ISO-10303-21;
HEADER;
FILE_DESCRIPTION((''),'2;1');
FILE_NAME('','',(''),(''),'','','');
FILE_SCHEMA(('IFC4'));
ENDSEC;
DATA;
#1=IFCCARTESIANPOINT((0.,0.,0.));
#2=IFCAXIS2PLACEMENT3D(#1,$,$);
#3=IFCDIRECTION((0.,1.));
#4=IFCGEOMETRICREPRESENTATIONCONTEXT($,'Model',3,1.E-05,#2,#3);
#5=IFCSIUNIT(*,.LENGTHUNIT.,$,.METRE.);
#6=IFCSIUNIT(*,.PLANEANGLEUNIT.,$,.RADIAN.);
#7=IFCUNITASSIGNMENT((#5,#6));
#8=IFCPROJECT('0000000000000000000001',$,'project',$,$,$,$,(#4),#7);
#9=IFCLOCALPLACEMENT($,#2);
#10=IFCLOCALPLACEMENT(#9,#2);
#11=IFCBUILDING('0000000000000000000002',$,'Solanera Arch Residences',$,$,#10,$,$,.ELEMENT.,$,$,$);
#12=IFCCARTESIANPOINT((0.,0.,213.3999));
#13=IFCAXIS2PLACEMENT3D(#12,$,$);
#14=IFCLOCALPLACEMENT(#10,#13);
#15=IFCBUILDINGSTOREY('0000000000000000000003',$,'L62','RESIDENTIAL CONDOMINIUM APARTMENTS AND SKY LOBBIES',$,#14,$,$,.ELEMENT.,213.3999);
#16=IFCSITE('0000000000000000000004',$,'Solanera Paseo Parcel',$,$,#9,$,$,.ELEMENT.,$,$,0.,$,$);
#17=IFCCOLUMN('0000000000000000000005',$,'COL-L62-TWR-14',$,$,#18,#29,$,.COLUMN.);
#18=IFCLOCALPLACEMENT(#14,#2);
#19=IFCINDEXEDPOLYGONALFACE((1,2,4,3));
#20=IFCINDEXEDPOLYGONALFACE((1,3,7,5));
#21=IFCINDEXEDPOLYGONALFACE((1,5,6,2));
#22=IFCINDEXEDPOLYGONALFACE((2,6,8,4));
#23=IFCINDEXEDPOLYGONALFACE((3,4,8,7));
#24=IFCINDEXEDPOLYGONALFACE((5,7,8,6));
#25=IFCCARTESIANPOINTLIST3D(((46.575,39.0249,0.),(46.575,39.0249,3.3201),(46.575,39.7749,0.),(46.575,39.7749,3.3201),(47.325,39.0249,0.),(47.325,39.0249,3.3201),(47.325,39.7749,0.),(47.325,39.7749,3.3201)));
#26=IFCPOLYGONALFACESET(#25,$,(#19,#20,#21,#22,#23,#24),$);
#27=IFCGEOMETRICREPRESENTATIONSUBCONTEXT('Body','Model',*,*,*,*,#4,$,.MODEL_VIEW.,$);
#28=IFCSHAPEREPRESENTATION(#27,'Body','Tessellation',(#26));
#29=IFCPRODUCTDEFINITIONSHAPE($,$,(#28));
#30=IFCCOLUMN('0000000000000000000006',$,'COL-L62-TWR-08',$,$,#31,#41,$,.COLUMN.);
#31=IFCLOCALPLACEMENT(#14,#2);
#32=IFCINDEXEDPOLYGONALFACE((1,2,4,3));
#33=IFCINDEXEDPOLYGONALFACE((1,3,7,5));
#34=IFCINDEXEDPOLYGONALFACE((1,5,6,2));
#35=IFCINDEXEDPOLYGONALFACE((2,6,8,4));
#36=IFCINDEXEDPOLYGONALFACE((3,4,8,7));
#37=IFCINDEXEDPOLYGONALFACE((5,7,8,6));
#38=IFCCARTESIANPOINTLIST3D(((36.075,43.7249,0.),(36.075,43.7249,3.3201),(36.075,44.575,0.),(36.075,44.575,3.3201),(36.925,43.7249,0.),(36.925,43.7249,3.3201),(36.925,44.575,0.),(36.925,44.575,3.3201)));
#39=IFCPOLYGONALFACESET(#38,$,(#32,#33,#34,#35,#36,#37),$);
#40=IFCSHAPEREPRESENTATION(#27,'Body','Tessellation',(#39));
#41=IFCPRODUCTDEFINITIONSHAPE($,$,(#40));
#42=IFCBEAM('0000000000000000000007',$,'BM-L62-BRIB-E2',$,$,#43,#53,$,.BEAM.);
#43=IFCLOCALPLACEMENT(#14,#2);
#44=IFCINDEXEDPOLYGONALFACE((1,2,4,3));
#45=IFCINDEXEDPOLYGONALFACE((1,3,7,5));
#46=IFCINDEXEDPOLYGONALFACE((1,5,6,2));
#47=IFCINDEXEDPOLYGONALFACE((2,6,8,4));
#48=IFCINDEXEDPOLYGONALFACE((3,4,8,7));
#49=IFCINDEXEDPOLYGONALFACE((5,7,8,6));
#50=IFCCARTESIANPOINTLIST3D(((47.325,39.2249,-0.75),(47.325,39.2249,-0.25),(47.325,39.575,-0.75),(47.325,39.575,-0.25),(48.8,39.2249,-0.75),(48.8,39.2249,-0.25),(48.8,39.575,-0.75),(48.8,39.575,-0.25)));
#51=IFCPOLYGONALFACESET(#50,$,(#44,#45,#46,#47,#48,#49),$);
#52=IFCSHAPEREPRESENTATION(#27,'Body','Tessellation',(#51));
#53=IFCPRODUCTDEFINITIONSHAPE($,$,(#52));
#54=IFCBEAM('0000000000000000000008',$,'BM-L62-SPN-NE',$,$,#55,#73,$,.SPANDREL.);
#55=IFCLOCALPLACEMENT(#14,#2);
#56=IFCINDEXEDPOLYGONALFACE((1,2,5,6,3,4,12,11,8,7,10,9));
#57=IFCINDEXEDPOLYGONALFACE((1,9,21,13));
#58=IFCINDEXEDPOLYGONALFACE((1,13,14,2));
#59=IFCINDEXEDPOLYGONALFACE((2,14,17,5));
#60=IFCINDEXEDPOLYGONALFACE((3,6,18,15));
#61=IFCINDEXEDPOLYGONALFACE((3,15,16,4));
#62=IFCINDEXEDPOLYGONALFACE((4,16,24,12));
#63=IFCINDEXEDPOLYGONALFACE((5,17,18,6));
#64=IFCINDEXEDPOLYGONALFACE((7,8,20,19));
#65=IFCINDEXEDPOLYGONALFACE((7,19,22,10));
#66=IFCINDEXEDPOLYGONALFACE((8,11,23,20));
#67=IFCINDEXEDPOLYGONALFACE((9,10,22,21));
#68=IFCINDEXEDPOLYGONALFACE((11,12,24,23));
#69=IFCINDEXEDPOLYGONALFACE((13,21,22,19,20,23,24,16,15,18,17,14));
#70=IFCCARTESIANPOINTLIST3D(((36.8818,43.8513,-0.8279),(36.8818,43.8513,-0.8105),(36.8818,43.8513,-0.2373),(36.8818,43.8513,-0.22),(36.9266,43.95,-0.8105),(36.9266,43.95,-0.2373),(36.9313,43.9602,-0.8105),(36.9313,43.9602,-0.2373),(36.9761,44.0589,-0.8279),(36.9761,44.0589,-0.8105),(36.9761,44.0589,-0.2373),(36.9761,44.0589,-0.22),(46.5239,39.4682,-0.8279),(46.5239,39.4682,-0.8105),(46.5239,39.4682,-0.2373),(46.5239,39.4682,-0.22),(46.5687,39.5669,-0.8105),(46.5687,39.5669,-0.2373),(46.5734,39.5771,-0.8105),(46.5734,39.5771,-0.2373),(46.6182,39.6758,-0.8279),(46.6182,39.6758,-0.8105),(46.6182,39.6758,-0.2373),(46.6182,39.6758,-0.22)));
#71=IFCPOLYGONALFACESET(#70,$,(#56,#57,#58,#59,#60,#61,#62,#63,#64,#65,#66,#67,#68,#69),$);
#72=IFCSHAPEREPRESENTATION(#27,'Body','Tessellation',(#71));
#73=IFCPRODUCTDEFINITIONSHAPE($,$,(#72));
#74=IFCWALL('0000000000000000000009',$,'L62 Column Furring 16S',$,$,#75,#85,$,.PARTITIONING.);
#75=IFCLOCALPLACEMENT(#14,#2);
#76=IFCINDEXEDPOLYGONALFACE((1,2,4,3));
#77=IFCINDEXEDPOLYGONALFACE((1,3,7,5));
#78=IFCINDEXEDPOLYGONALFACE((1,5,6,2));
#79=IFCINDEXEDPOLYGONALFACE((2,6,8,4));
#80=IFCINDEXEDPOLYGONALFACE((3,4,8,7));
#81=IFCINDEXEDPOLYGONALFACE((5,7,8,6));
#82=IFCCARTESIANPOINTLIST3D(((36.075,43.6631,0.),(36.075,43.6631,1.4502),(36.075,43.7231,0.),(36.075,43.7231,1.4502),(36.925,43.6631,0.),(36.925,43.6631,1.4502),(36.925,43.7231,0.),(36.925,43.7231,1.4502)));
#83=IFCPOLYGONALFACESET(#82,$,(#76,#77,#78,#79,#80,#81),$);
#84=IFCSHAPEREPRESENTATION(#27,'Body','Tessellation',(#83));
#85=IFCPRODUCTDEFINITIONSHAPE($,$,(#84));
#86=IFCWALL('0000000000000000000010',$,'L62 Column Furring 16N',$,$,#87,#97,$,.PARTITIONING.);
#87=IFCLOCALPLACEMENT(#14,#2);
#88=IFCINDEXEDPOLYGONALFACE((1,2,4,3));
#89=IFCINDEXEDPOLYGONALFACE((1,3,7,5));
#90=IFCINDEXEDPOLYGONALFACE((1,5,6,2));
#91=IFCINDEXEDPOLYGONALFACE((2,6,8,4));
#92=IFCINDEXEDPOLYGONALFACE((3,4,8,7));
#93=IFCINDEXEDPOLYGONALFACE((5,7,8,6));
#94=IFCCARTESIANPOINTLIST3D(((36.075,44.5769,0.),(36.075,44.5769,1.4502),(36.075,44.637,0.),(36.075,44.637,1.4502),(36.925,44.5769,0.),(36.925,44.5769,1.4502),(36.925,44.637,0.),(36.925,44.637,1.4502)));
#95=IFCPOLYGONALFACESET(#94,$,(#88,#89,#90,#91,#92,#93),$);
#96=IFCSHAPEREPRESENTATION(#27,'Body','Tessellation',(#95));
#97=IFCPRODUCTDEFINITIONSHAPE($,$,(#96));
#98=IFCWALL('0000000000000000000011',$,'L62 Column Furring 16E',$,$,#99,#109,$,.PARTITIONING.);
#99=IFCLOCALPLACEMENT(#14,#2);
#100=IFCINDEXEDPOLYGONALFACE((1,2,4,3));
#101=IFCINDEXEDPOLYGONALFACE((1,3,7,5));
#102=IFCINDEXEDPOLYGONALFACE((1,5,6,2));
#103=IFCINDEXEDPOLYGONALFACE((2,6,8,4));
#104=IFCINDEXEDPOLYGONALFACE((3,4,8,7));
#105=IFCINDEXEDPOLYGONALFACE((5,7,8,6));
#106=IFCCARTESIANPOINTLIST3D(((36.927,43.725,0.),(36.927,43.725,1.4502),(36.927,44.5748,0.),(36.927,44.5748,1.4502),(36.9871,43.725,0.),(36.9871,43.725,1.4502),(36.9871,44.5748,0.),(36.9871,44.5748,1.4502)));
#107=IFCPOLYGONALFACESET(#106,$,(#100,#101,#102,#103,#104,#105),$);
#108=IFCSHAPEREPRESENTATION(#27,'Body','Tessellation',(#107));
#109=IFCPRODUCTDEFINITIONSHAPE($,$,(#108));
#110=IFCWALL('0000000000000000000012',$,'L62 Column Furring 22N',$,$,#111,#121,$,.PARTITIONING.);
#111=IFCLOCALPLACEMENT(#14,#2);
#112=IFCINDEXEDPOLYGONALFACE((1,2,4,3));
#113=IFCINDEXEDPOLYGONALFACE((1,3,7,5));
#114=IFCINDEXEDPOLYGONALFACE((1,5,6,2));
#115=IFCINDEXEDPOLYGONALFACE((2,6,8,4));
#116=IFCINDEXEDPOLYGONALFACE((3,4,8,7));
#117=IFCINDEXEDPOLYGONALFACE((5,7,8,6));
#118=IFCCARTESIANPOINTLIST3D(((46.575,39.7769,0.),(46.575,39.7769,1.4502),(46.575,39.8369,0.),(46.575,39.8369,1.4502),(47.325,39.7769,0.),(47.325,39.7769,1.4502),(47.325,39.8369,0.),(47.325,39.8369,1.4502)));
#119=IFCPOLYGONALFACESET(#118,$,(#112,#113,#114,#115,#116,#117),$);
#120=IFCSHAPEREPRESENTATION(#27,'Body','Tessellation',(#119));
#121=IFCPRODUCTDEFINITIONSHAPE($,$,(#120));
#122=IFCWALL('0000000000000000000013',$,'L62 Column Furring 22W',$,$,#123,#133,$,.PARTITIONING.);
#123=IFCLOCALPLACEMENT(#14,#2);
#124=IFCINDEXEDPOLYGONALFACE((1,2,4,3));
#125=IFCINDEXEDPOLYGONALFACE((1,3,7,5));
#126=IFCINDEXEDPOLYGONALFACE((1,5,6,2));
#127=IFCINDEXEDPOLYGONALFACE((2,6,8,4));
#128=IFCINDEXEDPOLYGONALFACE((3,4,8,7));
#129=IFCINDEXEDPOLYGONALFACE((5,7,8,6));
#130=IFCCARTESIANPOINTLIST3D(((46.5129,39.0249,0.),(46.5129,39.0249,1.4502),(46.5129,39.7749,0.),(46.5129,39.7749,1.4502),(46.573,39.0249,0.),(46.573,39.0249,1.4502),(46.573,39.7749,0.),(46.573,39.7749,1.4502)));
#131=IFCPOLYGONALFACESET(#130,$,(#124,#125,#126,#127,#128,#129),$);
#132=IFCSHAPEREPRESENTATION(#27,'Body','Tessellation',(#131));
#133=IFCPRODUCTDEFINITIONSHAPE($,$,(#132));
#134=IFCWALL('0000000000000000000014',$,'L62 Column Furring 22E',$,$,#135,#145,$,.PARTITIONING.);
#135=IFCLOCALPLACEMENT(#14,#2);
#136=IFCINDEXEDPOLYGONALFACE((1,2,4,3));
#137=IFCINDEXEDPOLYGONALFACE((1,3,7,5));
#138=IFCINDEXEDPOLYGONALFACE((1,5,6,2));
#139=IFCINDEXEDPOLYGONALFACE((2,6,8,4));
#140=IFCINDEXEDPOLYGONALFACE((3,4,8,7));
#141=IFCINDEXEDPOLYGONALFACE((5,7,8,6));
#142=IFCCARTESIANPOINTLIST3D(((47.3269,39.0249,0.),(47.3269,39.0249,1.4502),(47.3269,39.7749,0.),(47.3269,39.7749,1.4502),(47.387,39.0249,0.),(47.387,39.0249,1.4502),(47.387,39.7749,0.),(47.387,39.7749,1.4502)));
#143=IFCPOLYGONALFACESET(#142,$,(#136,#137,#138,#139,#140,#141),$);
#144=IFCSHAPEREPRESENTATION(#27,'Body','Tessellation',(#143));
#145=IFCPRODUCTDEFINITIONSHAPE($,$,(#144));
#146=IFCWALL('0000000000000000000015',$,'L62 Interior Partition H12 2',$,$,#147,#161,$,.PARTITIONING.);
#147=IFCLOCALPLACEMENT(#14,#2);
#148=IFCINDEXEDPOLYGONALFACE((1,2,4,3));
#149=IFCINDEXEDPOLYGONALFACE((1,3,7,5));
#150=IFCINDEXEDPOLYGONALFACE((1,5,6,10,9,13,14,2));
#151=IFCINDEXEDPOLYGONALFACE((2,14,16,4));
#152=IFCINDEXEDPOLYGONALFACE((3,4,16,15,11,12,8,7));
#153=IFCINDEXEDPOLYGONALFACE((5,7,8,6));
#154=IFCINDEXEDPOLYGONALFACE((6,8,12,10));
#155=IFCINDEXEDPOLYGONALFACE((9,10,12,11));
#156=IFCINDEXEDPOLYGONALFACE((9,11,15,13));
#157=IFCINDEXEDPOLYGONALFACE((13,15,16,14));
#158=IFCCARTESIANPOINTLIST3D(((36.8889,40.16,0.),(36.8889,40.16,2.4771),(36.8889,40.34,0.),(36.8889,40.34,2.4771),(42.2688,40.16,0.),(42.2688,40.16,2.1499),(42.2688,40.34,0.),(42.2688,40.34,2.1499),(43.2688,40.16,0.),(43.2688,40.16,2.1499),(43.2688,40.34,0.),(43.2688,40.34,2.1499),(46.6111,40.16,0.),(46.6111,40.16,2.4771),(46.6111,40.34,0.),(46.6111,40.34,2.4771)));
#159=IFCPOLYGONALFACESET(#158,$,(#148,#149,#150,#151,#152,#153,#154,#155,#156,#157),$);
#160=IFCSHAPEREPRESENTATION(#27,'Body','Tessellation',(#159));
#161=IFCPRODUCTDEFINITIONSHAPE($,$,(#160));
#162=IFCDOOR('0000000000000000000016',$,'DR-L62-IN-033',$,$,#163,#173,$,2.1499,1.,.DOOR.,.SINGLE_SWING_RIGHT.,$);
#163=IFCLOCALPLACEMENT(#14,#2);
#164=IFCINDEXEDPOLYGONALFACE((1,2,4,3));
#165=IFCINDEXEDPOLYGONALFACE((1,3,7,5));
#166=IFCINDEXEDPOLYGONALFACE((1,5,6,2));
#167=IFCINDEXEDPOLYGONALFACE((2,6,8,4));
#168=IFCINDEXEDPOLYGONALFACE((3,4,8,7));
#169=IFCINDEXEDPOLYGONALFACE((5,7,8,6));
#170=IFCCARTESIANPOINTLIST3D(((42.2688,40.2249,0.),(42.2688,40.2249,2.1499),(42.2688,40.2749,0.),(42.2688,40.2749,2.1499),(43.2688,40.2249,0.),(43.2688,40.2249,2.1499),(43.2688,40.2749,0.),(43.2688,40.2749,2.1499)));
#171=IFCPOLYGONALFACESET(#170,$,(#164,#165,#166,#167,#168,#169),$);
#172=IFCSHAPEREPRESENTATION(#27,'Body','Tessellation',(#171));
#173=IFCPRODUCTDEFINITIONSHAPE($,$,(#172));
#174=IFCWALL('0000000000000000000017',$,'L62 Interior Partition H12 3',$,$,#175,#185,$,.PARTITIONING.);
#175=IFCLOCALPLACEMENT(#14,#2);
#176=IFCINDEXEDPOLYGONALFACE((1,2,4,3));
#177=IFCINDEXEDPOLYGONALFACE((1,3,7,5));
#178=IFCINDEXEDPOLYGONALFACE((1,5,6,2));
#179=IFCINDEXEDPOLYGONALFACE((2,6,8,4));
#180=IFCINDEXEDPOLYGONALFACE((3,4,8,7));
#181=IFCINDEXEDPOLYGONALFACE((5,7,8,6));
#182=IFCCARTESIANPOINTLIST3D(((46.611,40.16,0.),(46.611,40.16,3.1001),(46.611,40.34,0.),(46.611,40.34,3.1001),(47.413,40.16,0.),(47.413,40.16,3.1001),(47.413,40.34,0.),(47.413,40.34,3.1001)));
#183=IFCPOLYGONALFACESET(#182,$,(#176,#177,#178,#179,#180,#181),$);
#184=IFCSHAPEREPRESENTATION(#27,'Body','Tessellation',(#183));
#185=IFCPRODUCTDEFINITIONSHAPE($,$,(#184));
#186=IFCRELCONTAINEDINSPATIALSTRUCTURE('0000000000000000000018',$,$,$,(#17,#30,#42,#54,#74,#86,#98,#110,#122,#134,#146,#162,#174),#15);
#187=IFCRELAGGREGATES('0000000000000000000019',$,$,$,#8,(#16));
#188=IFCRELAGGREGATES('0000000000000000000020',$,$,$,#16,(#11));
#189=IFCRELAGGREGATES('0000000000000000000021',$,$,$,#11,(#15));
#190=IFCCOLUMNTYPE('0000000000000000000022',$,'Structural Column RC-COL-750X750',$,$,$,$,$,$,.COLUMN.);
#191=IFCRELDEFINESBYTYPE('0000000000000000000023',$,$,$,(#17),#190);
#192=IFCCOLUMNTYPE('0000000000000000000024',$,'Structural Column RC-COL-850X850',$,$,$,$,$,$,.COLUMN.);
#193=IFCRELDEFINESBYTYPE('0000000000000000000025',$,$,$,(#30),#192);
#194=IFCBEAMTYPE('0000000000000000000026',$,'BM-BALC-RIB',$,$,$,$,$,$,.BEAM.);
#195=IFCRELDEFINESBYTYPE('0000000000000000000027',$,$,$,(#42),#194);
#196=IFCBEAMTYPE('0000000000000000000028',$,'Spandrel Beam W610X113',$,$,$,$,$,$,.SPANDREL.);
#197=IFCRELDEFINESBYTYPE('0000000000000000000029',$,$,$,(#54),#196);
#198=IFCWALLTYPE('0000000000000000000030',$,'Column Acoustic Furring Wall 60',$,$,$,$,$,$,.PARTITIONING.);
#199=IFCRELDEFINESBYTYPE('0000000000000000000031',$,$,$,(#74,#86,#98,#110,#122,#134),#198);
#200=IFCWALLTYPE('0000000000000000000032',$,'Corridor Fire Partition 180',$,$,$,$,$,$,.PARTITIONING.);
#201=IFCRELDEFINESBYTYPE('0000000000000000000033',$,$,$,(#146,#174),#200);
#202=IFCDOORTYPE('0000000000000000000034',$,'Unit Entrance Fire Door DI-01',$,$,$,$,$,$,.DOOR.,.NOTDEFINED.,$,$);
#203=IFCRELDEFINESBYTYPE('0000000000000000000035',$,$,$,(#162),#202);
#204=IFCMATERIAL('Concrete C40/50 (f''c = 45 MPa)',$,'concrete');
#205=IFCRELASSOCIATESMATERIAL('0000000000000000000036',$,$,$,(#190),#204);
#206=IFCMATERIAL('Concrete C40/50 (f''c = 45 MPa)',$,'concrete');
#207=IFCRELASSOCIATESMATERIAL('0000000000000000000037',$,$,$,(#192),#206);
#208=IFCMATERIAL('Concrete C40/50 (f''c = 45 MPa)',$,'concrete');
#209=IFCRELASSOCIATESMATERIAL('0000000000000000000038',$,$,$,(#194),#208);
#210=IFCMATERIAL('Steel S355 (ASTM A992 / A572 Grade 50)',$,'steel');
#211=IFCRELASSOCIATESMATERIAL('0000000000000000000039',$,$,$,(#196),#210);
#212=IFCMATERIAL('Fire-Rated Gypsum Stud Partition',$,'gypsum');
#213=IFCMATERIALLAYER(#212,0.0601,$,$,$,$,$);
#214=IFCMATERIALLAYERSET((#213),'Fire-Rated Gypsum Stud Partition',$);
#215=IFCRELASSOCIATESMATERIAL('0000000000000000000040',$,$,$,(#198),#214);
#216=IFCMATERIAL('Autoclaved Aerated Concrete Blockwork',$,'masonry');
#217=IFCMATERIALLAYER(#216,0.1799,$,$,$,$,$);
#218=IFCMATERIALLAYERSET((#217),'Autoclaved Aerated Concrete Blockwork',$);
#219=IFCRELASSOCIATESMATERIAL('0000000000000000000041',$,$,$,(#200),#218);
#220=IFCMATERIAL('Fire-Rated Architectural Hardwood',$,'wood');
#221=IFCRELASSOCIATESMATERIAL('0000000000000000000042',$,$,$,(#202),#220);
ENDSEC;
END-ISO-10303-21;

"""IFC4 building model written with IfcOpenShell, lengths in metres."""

from ifc_helpers import new_model, si_unit, direction, frame, frame_2d, origin, origin_2d, place, context, subcontext, project, spatial, rectangle, i_section, extrude, material, layer, layer_set, material_profile, profile_set, type_object, element, fill, save


model = new_model("IFC4")

# Units and contexts
model_context = context("Model", 3, precision=1e-05, world=origin(), true_north=direction((0.0, 1.0)))
body_context = subcontext(model_context, "Body", "Model", "MODEL_VIEW")
ifc_project = project(units=[si_unit("LENGTHUNIT", "METRE"), si_unit("PLANEANGLEUNIT", "RADIAN")], contexts=[model_context])

# Site, building, storey
site_placement = place(None, origin())
site = spatial("IfcSite", under=ifc_project, at=site_placement, Name="Solanera Paseo Parcel", CompositionType="ELEMENT", RefElevation=0.0)
building_placement = place(site_placement, origin())
building = spatial("IfcBuilding", under=site, at=building_placement, Name="Solanera Arch Residences", CompositionType="ELEMENT")
storey_placement = place(building_placement, frame((0.0, 0.0, 213.3999)))
storey = spatial("IfcBuildingStorey", under=building, at=storey_placement, Name="L62", Description="RESIDENTIAL CONDOMINIUM APARTMENTS AND SKY LOBBIES", CompositionType="ELEMENT", Elevation=213.3999)

# Columns
ifc_material_1 = material(Name="Concrete C40/50 (f'c = 45 MPa)", Category="concrete")
ifc_material_profile_1 = material_profile(ifc_material_1, rectangle(XDim=0.75, YDim=0.75, at=origin_2d()))
ifc_profile_set_1 = profile_set([ifc_material_profile_1], Name="Concrete C40/50 (f'c = 45 MPa)")
column_type_1 = type_object("IfcColumnType", Name="Structural Column RC-COL-750X750", PredefinedType="COLUMN", material=ifc_profile_set_1)
column_1_placement = place(storey_placement, frame((46.95, 39.3999, 0.0), z_axis=(0.0, 0.0, 1.0), x_axis=(1.0, 0.0, 0.0)))
element("IfcColumn", 1, at=column_1_placement, inside=storey, type_object=column_type_1, Name="COL-L62-TWR-14", PredefinedType="COLUMN", context=body_context, shape_type="SweptSolid", body=[
    extrude(rectangle(XDim=0.75, YDim=0.75, at=origin_2d()), origin(), (0.0, 0.0, 1.0), 3.3201),
])
ifc_material_2 = material(Name="Concrete C40/50 (f'c = 45 MPa)", Category="concrete")
ifc_material_profile_2 = material_profile(ifc_material_2, rectangle(XDim=0.8501, YDim=0.8501, at=origin_2d()))
ifc_profile_set_2 = profile_set([ifc_material_profile_2], Name="Concrete C40/50 (f'c = 45 MPa)")
column_type_2 = type_object("IfcColumnType", Name="Structural Column RC-COL-850X850", PredefinedType="COLUMN", material=ifc_profile_set_2)
column_2_placement = place(storey_placement, frame((36.5, 44.1499, 0.0), z_axis=(0.0, 0.0, 1.0), x_axis=(1.0, 0.0, 0.0)))
element("IfcColumn", 2, at=column_2_placement, inside=storey, type_object=column_type_2, Name="COL-L62-TWR-08", PredefinedType="COLUMN", context=body_context, shape_type="SweptSolid", body=[
    extrude(rectangle(XDim=0.8501, YDim=0.8501, at=origin_2d()), origin(), (0.0, 0.0, 1.0), 3.3201),
])

# Beams
ifc_material_3 = material(Name="Concrete C40/50 (f'c = 45 MPa)", Category="concrete")
ifc_material_profile_3 = material_profile(ifc_material_3, rectangle(XDim=0.3501, YDim=0.5, at=origin_2d()))
ifc_profile_set_3 = profile_set([ifc_material_profile_3], Name="Concrete C40/50 (f'c = 45 MPa)")
beam_type_1 = type_object("IfcBeamType", Name="BM-BALC-RIB", PredefinedType="BEAM", material=ifc_profile_set_3)
beam_1_placement = place(storey_placement, frame((47.325, 39.3999, -0.5), z_axis=(1.0, 0.0, 0.0), x_axis=(0.0, 1.0, 0.0)))
element("IfcBeam", 3, at=beam_1_placement, inside=storey, type_object=beam_type_1, Name="BM-L62-BRIB-E2", PredefinedType="BEAM", context=body_context, shape_type="SweptSolid", body=[
    extrude(rectangle(XDim=0.3501, YDim=0.5, at=origin_2d()), origin(), (0.0, 0.0, 1.0), 1.4751),
])
ifc_material_4 = material(Name="Steel S355 (ASTM A992 / A572 Grade 50)", Category="steel")
ifc_material_profile_4 = material_profile(ifc_material_4, i_section(OverallWidth=0.228, OverallDepth=0.6079, WebThickness=0.0112, FlangeThickness=0.0173, at=origin_2d()))
ifc_profile_set_4 = profile_set([ifc_material_profile_4], Name="Steel S355 (ASTM A992 / A572 Grade 50)")
beam_type_2 = type_object("IfcBeamType", Name="Spandrel Beam W610X113", PredefinedType="SPANDREL", material=ifc_profile_set_4)
beam_2_placement = place(storey_placement, frame((36.929, 43.9551, -0.5239), z_axis=(0.910356, -0.413826, 0.0), x_axis=(0.413826, 0.910356, 0.0)))
element("IfcBeam", 4, at=beam_2_placement, inside=storey, type_object=beam_type_2, Name="BM-L62-SPN-NE", PredefinedType="SPANDREL", context=body_context, shape_type="SweptSolid", body=[
    extrude(i_section(OverallWidth=0.228, OverallDepth=0.6079, WebThickness=0.0112, FlangeThickness=0.0173, at=origin_2d()), origin(), (0.0, 0.0, 1.0), 10.5916),
])

# Walls
ifc_material_5 = material(Name="Fire-Rated Gypsum Stud Partition", Category="gypsum")
ifc_layer_1 = layer(ifc_material_5, 0.0601)
ifc_layer_set_1 = layer_set([ifc_layer_1], Name="Fire-Rated Gypsum Stud Partition")
wall_type_1 = type_object("IfcWallType", Name="Column Acoustic Furring Wall 60", PredefinedType="PARTITIONING", material=ifc_layer_set_1)
for number, where, z_axis, x_axis, name in (
    (5, (36.075, 43.6931, 0.0), (0.0, 0.0, 1.0), (1.0, 0.0, 0.0), "L62 Column Furring 16S"),
    (6, (36.075, 44.6069, 0.0), (0.0, 0.0, 1.0), (1.0, 0.0, 0.0), "L62 Column Furring 16N"),
):
    element("IfcWall", number, at=place(storey_placement, frame(where, z_axis=z_axis, x_axis=x_axis)), inside=storey, type_object=wall_type_1, Name=name, PredefinedType="PARTITIONING", context=body_context, shape_type="SweptSolid", body=[
        extrude(rectangle(XDim=0.8501, YDim=0.0601, at=frame_2d((0.425, 0.0))), origin(), (0.0, 0.0, 1.0), 1.4502),
    ])
wall_1_placement = place(storey_placement, frame((36.957, 43.7251, 0.0), z_axis=(0.0, 0.0, 1.0), x_axis=(0.0, 1.0, 0.0)))
element("IfcWall", 7, at=wall_1_placement, inside=storey, type_object=wall_type_1, Name="L62 Column Furring 16E", PredefinedType="PARTITIONING", context=body_context, shape_type="SweptSolid", body=[
    extrude(rectangle(XDim=0.8499, YDim=0.0601, at=frame_2d((0.4248, 0.0))), origin(), (0.0, 0.0, 1.0), 1.4502),
])
for number, where, z_axis, x_axis, name in (
    (8, (46.575, 39.8069, 0.0), (0.0, 0.0, 1.0), (1.0, 0.0, 0.0), "L62 Column Furring 22N"),
    (9, (46.543, 39.0249, 0.0), (0.0, 0.0, 1.0), (0.0, 1.0, 0.0), "L62 Column Furring 22W"),
    (10, (47.3569, 39.0249, 0.0), (0.0, 0.0, 1.0), (0.0, 1.0, 0.0), "L62 Column Furring 22E"),
):
    element("IfcWall", number, at=place(storey_placement, frame(where, z_axis=z_axis, x_axis=x_axis)), inside=storey, type_object=wall_type_1, Name=name, PredefinedType="PARTITIONING", context=body_context, shape_type="SweptSolid", body=[
        extrude(rectangle(XDim=0.75, YDim=0.0601, at=frame_2d((0.375, 0.0))), origin(), (0.0, 0.0, 1.0), 1.4502),
    ])

# Wall, opening, door
ifc_material_6 = material(Name="Autoclaved Aerated Concrete Blockwork", Category="masonry")
ifc_layer_2 = layer(ifc_material_6, 0.1799)
ifc_layer_set_2 = layer_set([ifc_layer_2], Name="Autoclaved Aerated Concrete Blockwork")
wall_type_2 = type_object("IfcWallType", Name="Corridor Fire Partition 180", PredefinedType="PARTITIONING", material=ifc_layer_set_2)
wall_2_placement = place(storey_placement, frame((36.8889, 40.25, 0.0), z_axis=(0.0, 0.0, 1.0), x_axis=(1.0, 0.0, 0.0)))
wall_2 = element("IfcWall", 11, at=wall_2_placement, inside=storey, type_object=wall_type_2, Name="L62 Interior Partition H12 2", PredefinedType="PARTITIONING", context=body_context, shape_type="SweptSolid", body=[
    extrude(rectangle(XDim=9.7222, YDim=0.1799, at=frame_2d((4.8611, 0.0))), origin(), (0.0, 0.0, 1.0), 2.4771),
])
opening_1_placement = place(wall_2_placement, frame((5.3799, 0.0, 0.0)))
opening_1 = element("IfcOpeningElement", 12, at=opening_1_placement, cuts=wall_2, PredefinedType="OPENING", context=body_context, shape_type="SweptSolid", body=[
    extrude(rectangle(XDim=1.0, YDim=2.1499, at=frame_2d((0.5, 1.075))), frame((0.0, 0.1001, 0.0), z_axis=(0.0, -1.0, 0.0), x_axis=(1.0, 0.0, 0.0)), (0.0, 0.0, 1.0), 0.1999),
])
ifc_material_7 = material(Name="Fire-Rated Architectural Hardwood", Category="wood")
door_type_1 = type_object("IfcDoorType", Name="Unit Entrance Fire Door DI-01", OperationType="NOTDEFINED", PredefinedType="DOOR", material=ifc_material_7)
door_1_placement = place(opening_1_placement, origin())
door_1 = element("IfcDoor", 13, at=door_1_placement, inside=storey, type_object=door_type_1, Name="DR-L62-IN-033", OperationType="SINGLE_SWING_RIGHT", OverallHeight=2.1499, OverallWidth=1.0, PredefinedType="DOOR", context=body_context, shape_type="SweptSolid", body=[
    extrude(rectangle(XDim=1.0, YDim=2.1499, at=frame_2d((0.5, 1.075))), frame((0.0, 0.0249, 0.0), z_axis=(0.0, -1.0, 0.0), x_axis=(1.0, 0.0, 0.0)), (0.0, 0.0, 1.0), 0.05),
])
fill(opening_1, door_1)

# Wall
wall_3_placement = place(storey_placement, frame((46.6111, 40.25, 0.0), z_axis=(0.0, 0.0, 1.0), x_axis=(1.0, 0.0, 0.0)))
element("IfcWall", 14, at=wall_3_placement, inside=storey, type_object=wall_type_2, Name="L62 Interior Partition H12 3", PredefinedType="PARTITIONING", context=body_context, shape_type="SweptSolid", body=[
    extrude(rectangle(XDim=0.802, YDim=0.1799, at=frame_2d((0.4009, 0.0))), origin(), (0.0, 0.0, 1.0), 3.1001),
])

save(model, "model.ifc")
